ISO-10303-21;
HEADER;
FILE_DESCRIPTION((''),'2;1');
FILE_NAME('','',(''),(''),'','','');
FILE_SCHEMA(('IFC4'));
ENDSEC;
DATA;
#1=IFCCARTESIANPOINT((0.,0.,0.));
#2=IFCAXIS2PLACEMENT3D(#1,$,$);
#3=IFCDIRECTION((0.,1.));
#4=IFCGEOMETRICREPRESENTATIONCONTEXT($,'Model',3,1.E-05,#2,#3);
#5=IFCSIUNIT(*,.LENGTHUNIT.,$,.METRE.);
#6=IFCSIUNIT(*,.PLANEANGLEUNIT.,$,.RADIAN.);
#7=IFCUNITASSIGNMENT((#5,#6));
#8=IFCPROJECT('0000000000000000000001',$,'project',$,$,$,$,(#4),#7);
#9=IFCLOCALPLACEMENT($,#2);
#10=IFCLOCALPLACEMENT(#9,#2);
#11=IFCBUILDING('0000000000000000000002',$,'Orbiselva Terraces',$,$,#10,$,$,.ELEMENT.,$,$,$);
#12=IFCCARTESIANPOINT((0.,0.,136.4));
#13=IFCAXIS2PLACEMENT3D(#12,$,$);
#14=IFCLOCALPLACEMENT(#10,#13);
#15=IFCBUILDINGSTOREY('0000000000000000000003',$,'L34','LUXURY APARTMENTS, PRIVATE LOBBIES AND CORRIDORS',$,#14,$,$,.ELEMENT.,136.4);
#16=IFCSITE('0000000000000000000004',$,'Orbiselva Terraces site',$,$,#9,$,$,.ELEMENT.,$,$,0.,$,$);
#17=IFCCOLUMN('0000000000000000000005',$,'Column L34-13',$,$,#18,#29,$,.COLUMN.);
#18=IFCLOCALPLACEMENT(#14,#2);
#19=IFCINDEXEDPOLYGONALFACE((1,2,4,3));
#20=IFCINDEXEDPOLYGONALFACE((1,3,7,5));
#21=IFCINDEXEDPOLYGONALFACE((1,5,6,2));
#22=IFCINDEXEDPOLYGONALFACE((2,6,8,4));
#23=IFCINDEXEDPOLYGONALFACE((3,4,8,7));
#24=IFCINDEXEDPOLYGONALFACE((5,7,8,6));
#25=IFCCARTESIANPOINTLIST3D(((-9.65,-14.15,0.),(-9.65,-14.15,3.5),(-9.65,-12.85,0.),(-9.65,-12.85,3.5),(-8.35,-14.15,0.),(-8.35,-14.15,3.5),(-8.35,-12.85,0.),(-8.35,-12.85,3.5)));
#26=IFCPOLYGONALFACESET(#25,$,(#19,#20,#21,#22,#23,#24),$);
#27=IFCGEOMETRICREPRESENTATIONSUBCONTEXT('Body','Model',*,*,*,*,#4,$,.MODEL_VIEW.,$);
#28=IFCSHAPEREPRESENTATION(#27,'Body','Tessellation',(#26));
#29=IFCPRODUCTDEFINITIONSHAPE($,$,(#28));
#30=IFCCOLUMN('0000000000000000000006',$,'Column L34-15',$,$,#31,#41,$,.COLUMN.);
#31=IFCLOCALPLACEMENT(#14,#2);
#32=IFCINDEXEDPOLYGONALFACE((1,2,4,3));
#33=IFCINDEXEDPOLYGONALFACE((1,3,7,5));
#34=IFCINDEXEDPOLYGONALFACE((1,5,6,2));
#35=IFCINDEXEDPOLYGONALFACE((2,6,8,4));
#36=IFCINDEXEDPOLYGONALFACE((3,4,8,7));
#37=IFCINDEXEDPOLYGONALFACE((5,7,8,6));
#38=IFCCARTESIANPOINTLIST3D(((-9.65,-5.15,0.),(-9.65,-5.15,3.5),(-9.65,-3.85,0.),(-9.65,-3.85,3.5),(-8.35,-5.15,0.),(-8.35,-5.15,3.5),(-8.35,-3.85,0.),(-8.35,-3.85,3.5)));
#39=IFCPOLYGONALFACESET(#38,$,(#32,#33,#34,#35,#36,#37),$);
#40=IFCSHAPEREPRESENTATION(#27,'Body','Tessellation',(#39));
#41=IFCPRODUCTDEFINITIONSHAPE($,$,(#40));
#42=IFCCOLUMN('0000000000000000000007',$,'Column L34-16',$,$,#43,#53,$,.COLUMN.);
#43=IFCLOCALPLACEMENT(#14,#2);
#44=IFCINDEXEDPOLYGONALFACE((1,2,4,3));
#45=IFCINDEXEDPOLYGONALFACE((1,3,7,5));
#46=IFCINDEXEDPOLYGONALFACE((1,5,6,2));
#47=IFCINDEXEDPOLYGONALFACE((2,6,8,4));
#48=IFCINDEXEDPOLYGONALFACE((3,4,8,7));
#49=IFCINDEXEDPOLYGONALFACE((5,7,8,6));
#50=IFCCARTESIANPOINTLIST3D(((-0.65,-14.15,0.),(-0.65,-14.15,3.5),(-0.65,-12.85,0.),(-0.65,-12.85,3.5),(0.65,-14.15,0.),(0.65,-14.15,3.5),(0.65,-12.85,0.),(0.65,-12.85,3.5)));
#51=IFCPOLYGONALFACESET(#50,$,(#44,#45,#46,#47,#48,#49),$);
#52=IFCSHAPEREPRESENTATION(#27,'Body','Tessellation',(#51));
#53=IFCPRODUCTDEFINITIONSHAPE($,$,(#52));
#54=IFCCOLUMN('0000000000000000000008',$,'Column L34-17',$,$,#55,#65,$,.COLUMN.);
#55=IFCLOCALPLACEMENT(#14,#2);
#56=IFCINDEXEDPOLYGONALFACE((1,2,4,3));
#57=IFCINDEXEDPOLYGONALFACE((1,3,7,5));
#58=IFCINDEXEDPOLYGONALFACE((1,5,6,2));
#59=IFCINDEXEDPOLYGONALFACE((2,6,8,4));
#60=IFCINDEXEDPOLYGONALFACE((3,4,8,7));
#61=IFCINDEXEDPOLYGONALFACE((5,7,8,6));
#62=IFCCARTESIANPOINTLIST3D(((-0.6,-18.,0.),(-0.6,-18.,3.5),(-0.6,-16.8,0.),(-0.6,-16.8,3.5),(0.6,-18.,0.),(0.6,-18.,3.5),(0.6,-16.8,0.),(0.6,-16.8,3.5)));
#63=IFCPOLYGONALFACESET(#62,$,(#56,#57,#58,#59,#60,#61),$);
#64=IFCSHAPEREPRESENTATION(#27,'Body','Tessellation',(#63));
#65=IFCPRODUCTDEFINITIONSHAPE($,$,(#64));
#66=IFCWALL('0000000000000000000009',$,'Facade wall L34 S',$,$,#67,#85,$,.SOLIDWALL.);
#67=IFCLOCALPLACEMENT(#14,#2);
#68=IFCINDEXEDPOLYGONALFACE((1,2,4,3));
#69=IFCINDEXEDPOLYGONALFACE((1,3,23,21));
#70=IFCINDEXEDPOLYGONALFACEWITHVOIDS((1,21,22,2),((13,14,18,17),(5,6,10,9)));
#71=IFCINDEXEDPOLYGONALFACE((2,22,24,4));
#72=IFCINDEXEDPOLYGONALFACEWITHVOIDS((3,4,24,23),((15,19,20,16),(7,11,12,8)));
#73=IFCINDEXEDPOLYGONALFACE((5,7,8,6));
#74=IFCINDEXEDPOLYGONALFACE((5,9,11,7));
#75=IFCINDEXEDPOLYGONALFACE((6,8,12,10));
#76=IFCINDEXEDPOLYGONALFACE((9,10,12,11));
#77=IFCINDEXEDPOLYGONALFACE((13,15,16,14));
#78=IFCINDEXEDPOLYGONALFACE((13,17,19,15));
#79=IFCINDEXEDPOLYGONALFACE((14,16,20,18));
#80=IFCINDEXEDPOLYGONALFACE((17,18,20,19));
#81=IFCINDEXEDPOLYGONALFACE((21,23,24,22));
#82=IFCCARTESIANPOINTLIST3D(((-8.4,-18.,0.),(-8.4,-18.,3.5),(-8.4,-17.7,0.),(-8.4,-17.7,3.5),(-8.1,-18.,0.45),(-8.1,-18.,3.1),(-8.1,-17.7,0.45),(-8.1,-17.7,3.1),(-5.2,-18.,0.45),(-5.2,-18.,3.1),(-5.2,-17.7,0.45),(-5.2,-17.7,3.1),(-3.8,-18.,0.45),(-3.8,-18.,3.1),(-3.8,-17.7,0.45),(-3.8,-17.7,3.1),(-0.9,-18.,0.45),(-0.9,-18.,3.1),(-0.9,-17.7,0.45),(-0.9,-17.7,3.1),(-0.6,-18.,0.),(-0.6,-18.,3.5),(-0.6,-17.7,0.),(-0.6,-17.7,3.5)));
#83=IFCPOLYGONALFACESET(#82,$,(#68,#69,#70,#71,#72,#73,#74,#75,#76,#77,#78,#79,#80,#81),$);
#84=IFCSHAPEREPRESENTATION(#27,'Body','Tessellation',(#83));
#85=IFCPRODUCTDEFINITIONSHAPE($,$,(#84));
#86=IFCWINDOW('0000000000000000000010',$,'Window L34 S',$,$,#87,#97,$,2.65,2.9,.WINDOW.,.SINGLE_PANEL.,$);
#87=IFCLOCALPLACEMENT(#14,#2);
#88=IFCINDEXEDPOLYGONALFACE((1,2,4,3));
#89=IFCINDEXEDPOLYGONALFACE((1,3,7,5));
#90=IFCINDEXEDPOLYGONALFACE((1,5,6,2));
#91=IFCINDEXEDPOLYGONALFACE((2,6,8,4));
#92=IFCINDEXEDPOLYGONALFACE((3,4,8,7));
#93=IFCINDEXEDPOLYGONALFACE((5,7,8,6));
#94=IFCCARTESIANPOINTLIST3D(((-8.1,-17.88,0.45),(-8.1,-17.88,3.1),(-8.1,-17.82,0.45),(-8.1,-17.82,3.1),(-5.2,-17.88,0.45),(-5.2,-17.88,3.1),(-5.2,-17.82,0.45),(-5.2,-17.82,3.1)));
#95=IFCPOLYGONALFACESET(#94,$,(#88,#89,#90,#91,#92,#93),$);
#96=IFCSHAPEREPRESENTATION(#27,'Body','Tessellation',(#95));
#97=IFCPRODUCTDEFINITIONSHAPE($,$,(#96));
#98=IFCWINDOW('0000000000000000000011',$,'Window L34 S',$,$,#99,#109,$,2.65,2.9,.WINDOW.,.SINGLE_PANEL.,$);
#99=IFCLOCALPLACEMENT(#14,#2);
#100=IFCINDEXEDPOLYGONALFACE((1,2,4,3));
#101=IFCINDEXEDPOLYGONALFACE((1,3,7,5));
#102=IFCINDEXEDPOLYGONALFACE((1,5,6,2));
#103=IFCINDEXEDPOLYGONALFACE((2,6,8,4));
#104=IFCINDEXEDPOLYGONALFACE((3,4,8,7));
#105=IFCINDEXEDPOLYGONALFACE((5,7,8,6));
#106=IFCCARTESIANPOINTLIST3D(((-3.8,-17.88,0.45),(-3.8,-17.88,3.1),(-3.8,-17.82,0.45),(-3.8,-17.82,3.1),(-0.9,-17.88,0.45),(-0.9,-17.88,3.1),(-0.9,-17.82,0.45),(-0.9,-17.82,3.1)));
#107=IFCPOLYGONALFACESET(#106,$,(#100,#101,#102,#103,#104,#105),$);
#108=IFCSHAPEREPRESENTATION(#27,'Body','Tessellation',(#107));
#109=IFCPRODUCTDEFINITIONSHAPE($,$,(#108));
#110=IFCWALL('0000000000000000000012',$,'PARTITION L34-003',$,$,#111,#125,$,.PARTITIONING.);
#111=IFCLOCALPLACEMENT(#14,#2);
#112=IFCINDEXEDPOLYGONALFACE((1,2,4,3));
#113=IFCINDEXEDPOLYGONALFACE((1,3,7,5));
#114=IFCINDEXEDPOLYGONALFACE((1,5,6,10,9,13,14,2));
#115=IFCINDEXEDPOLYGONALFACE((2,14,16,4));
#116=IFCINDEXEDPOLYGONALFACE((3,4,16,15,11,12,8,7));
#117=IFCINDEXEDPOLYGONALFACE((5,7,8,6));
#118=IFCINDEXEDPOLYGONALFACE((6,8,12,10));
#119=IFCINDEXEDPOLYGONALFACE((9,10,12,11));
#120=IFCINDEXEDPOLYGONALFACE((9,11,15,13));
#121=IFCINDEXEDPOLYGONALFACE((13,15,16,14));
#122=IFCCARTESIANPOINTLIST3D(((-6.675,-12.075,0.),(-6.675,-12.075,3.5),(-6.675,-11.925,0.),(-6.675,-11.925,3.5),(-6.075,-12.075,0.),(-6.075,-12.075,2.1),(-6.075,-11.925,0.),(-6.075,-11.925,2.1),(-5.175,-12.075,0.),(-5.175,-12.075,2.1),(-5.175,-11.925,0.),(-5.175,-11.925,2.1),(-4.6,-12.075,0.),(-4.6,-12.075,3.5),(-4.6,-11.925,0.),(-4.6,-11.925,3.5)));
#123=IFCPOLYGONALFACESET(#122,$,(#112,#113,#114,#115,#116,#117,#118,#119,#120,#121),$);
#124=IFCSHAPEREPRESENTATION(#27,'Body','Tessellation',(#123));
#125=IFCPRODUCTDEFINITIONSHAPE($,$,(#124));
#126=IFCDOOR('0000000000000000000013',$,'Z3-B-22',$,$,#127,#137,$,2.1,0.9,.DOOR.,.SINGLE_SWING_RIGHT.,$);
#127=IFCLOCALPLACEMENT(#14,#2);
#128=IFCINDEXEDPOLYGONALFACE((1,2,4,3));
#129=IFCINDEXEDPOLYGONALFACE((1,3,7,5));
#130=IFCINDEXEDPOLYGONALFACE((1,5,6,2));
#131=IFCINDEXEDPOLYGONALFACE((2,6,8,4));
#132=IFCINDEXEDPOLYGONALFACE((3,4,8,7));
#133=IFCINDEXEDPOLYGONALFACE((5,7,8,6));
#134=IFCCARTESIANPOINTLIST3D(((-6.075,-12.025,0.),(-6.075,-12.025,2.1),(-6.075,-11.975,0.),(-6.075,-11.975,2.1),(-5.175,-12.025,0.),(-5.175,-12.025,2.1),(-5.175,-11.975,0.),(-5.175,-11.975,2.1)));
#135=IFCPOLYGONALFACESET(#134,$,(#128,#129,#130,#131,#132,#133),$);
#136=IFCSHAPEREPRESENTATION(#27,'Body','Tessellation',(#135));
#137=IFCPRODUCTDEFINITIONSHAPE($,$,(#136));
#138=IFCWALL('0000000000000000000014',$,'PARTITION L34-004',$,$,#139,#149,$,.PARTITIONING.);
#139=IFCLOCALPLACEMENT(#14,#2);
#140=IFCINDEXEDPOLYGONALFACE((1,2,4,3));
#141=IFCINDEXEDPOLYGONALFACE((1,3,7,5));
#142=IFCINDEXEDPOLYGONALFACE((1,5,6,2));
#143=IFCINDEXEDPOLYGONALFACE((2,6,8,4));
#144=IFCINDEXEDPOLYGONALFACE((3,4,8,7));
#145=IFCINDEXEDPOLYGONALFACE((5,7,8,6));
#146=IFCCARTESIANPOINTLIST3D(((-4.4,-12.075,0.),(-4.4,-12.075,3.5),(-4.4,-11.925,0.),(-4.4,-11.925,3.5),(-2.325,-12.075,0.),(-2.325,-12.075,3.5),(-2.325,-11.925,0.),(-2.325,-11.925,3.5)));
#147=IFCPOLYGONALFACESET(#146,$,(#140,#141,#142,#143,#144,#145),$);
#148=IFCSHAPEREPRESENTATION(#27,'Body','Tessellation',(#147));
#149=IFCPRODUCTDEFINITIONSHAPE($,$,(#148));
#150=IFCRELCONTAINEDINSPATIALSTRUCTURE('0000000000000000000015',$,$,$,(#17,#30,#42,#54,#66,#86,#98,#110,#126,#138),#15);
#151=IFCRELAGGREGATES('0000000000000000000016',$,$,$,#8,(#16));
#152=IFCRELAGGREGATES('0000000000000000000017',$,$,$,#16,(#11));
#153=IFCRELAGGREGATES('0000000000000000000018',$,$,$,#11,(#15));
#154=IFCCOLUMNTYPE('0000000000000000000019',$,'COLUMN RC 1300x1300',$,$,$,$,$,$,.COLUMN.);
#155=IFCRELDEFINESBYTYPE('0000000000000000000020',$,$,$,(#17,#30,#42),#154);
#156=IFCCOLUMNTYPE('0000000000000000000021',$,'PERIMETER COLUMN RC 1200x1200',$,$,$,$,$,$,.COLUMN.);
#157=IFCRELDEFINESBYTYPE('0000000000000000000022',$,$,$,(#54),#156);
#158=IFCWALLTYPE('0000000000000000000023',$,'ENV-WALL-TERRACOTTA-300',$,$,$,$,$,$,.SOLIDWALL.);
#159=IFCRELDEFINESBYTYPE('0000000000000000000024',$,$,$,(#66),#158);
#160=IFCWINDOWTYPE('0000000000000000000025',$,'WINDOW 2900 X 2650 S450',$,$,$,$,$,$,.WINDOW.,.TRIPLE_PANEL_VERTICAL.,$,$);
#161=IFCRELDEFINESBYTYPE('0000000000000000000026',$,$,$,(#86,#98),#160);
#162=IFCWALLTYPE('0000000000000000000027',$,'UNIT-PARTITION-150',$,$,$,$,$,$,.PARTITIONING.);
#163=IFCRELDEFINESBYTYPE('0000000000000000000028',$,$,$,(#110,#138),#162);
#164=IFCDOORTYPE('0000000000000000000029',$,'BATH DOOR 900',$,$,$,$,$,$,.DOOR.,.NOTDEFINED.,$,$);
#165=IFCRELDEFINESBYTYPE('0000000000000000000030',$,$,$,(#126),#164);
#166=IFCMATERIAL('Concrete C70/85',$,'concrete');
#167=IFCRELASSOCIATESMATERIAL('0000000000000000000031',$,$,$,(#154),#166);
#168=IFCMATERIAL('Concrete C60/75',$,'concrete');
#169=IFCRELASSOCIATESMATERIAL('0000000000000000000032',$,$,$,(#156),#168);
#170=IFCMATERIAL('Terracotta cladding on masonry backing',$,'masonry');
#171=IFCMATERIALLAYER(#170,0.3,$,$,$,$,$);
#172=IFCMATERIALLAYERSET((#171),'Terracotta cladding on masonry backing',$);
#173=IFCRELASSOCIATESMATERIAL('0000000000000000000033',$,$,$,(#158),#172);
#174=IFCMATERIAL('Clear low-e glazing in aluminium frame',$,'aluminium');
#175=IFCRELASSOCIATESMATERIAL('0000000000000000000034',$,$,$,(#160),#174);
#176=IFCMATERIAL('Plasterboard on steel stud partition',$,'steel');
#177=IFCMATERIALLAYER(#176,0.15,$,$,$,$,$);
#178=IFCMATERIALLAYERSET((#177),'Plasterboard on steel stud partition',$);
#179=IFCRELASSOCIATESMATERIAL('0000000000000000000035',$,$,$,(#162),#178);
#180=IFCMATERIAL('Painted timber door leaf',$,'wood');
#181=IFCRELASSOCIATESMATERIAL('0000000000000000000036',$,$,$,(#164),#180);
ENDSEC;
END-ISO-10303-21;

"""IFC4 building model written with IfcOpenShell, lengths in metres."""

from ifc_helpers import new_model, si_unit, direction, frame, frame_2d, origin, origin_2d, place, context, subcontext, project, spatial, rectangle, extrude, material, layer, layer_set, material_profile, profile_set, type_object, element, fill, save


model = new_model("IFC4")

# Units and contexts
model_context = context("Model", 3, precision=1e-05, world=origin(), true_north=direction((0.0, 1.0)))
body_context = subcontext(model_context, "Body", "Model", "MODEL_VIEW")
ifc_project = project(units=[si_unit("LENGTHUNIT", "METRE"), si_unit("PLANEANGLEUNIT", "RADIAN")], contexts=[model_context])

# Site, building, storey
site_placement = place(None, origin())
site = spatial("IfcSite", under=ifc_project, at=site_placement, Name="Orbiselva Terraces site", CompositionType="ELEMENT", RefElevation=0.0)
building_placement = place(site_placement, origin())
building = spatial("IfcBuilding", under=site, at=building_placement, Name="Orbiselva Terraces", CompositionType="ELEMENT")
storey_placement = place(building_placement, frame((0.0, 0.0, 136.4)))
storey = spatial("IfcBuildingStorey", under=building, at=storey_placement, Name="L34", Description="LUXURY APARTMENTS, PRIVATE LOBBIES AND CORRIDORS", CompositionType="ELEMENT", Elevation=136.4)

# Columns
ifc_material_1 = material(Name="Concrete C70/85", Category="concrete")
ifc_material_profile_1 = material_profile(ifc_material_1, rectangle(XDim=1.3, YDim=1.3, at=origin_2d()), Name="RC 1300x1300")
ifc_profile_set_1 = profile_set([ifc_material_profile_1], Name="Concrete C70/85")
column_type_1 = type_object("IfcColumnType", Name="COLUMN RC 1300x1300", PredefinedType="COLUMN", material=ifc_profile_set_1)
for number, where, z_axis, x_axis, name in (
    (1, (-9.0, -13.5, 0.0), (0.0, 0.0, 1.0), (1.0, 0.0, 0.0), "Column L34-13"),
    (2, (-9.0, -4.5, 0.0), (0.0, 0.0, 1.0), (1.0, 0.0, 0.0), "Column L34-15"),
    (3, (0.0, -13.5, 0.0), (0.0, 0.0, 1.0), (1.0, 0.0, 0.0), "Column L34-16"),
):
    element("IfcColumn", number, at=place(storey_placement, frame(where, z_axis=z_axis, x_axis=x_axis)), inside=storey, type_object=column_type_1, Name=name, PredefinedType="COLUMN", context=body_context, shape_type="SweptSolid", body=[
        extrude(rectangle(XDim=1.3, YDim=1.3, at=origin_2d()), origin(), (0.0, 0.0, 1.0), 3.5),
    ])
ifc_material_2 = material(Name="Concrete C60/75", Category="concrete")
ifc_material_profile_2 = material_profile(ifc_material_2, rectangle(XDim=1.2, YDim=1.2, at=origin_2d()), Name="RC 1200x1200")
ifc_profile_set_2 = profile_set([ifc_material_profile_2], Name="Concrete C60/75")
column_type_2 = type_object("IfcColumnType", Name="PERIMETER COLUMN RC 1200x1200", PredefinedType="COLUMN", material=ifc_profile_set_2)
column_placement = place(storey_placement, frame((0.0, -17.4, 0.0), z_axis=(0.0, 0.0, 1.0), x_axis=(1.0, 0.0, 0.0)))
element("IfcColumn", 4, at=column_placement, inside=storey, type_object=column_type_2, Name="Column L34-17", PredefinedType="COLUMN", context=body_context, shape_type="SweptSolid", body=[
    extrude(rectangle(XDim=1.2, YDim=1.2, at=origin_2d()), origin(), (0.0, 0.0, 1.0), 3.5),
])

# Wall, openings, windows
ifc_material_3 = material(Name="Terracotta cladding on masonry backing", Category="masonry")
ifc_layer_1 = layer(ifc_material_3, 0.3)
ifc_layer_set_1 = layer_set([ifc_layer_1], Name="Terracotta cladding on masonry backing")
wall_type_1 = type_object("IfcWallType", Name="ENV-WALL-TERRACOTTA-300", PredefinedType="SOLIDWALL", material=ifc_layer_set_1)
wall_1_placement = place(storey_placement, frame((-0.6, -17.85, 0.0), z_axis=(0.0, 0.0, 1.0), x_axis=(-1.0, 0.0, 0.0)))
wall_1 = element("IfcWall", 5, at=wall_1_placement, inside=storey, type_object=wall_type_1, Name="Facade wall L34 S", PredefinedType="SOLIDWALL", context=body_context, shape_type="SweptSolid", body=[
    extrude(rectangle(XDim=7.8, YDim=0.3, at=frame_2d((3.9, 0.0))), origin(), (0.0, 0.0, 1.0), 3.5),
])
opening_1_placement = place(wall_1_placement, frame((4.6, 0.0, 0.45)))
opening_1 = element("IfcOpeningElement", 6, at=opening_1_placement, cuts=wall_1, PredefinedType="OPENING", context=body_context, shape_type="SweptSolid", body=[
    extrude(rectangle(XDim=2.9, YDim=2.65, at=frame_2d((1.45, 1.325))), frame((0.0, 0.16, 0.0), z_axis=(0.0, -1.0, 0.0), x_axis=(1.0, 0.0, 0.0)), (0.0, 0.0, 1.0), 0.32),
])
opening_2_placement = place(wall_1_placement, frame((0.3, 0.0, 0.45)))
opening_2 = element("IfcOpeningElement", 7, at=opening_2_placement, cuts=wall_1, PredefinedType="OPENING", context=body_context, shape_type="SweptSolid", body=[
    extrude(rectangle(XDim=2.9, YDim=2.65, at=frame_2d((1.45, 1.325))), frame((0.0, 0.16, 0.0), z_axis=(0.0, -1.0, 0.0), x_axis=(1.0, 0.0, 0.0)), (0.0, 0.0, 1.0), 0.32),
])
ifc_material_4 = material(Name="Clear low-e glazing in aluminium frame", Category="aluminium")
window_type = type_object("IfcWindowType", Name="WINDOW 2900 X 2650 S450", PartitioningType="TRIPLE_PANEL_VERTICAL", PredefinedType="WINDOW", material=ifc_material_4)
window_1_placement = place(opening_1_placement, origin())
window_1 = element("IfcWindow", 8, at=window_1_placement, inside=storey, type_object=window_type, Name="Window L34 S", OverallHeight=2.65, OverallWidth=2.9, PartitioningType="SINGLE_PANEL", PredefinedType="WINDOW", context=body_context, shape_type="SweptSolid", body=[
    extrude(rectangle(XDim=2.9, YDim=2.65, at=frame_2d((1.45, 1.325))), frame((0.0, 0.03, 0.0), z_axis=(0.0, -1.0, 0.0), x_axis=(1.0, 0.0, 0.0)), (0.0, 0.0, 1.0), 0.06),
])
fill(opening_1, window_1)
window_2_placement = place(opening_2_placement, origin())
window_2 = element("IfcWindow", 9, at=window_2_placement, inside=storey, type_object=window_type, Name="Window L34 S", OverallHeight=2.65, OverallWidth=2.9, PartitioningType="SINGLE_PANEL", PredefinedType="WINDOW", context=body_context, shape_type="SweptSolid", body=[
    extrude(rectangle(XDim=2.9, YDim=2.65, at=frame_2d((1.45, 1.325))), frame((0.0, 0.03, 0.0), z_axis=(0.0, -1.0, 0.0), x_axis=(1.0, 0.0, 0.0)), (0.0, 0.0, 1.0), 0.06),
])
fill(opening_2, window_2)

# Wall, opening, door
ifc_material_5 = material(Name="Plasterboard on steel stud partition", Category="steel")
ifc_layer_2 = layer(ifc_material_5, 0.15)
ifc_layer_set_2 = layer_set([ifc_layer_2], Name="Plasterboard on steel stud partition")
wall_type_2 = type_object("IfcWallType", Name="UNIT-PARTITION-150", PredefinedType="PARTITIONING", material=ifc_layer_set_2)
wall_2_placement = place(storey_placement, frame((-6.675, -12.0, 0.0), z_axis=(0.0, 0.0, 1.0), x_axis=(1.0, 0.0, 0.0)))
wall_2 = element("IfcWall", 10, at=wall_2_placement, inside=storey, type_object=wall_type_2, Name="PARTITION L34-003", PredefinedType="PARTITIONING", context=body_context, shape_type="SweptSolid", body=[
    extrude(rectangle(XDim=2.075, YDim=0.15, at=frame_2d((1.0375, 0.0))), origin(), (0.0, 0.0, 1.0), 3.5),
])
opening_3_placement = place(wall_2_placement, frame((0.6, 0.0, 0.0)))
opening_3 = element("IfcOpeningElement", 11, at=opening_3_placement, cuts=wall_2, PredefinedType="OPENING", context=body_context, shape_type="SweptSolid", body=[
    extrude(rectangle(XDim=0.9, YDim=2.1, at=frame_2d((0.45, 1.05))), frame((0.0, 0.085, 0.0), z_axis=(0.0, -1.0, 0.0), x_axis=(1.0, 0.0, 0.0)), (0.0, 0.0, 1.0), 0.17),
])
ifc_material_6 = material(Name="Painted timber door leaf", Category="wood")
door_type_1 = type_object("IfcDoorType", Name="BATH DOOR 900", OperationType="NOTDEFINED", PredefinedType="DOOR", material=ifc_material_6)
door_1_placement = place(opening_3_placement, origin())
door_1 = element("IfcDoor", 12, at=door_1_placement, inside=storey, type_object=door_type_1, Name="Z3-B-22", OperationType="SINGLE_SWING_RIGHT", OverallHeight=2.1, OverallWidth=0.9, PredefinedType="DOOR", context=body_context, shape_type="SweptSolid", body=[
    extrude(rectangle(XDim=0.9, YDim=2.1, at=frame_2d((0.45, 1.05))), frame((0.0, 0.025, 0.0), z_axis=(0.0, -1.0, 0.0), x_axis=(1.0, 0.0, 0.0)), (0.0, 0.0, 1.0), 0.05),
])
fill(opening_3, door_1)

# Wall
wall_3_placement = place(storey_placement, frame((-4.4, -12.0, 0.0), z_axis=(0.0, 0.0, 1.0), x_axis=(1.0, 0.0, 0.0)))
element("IfcWall", 13, at=wall_3_placement, inside=storey, type_object=wall_type_2, Name="PARTITION L34-004", PredefinedType="PARTITIONING", context=body_context, shape_type="SweptSolid", body=[
    extrude(rectangle(XDim=2.075, YDim=0.15, at=frame_2d((1.0375, 0.0))), origin(), (0.0, 0.0, 1.0), 3.5),
])

save(model, "model.ifc")
